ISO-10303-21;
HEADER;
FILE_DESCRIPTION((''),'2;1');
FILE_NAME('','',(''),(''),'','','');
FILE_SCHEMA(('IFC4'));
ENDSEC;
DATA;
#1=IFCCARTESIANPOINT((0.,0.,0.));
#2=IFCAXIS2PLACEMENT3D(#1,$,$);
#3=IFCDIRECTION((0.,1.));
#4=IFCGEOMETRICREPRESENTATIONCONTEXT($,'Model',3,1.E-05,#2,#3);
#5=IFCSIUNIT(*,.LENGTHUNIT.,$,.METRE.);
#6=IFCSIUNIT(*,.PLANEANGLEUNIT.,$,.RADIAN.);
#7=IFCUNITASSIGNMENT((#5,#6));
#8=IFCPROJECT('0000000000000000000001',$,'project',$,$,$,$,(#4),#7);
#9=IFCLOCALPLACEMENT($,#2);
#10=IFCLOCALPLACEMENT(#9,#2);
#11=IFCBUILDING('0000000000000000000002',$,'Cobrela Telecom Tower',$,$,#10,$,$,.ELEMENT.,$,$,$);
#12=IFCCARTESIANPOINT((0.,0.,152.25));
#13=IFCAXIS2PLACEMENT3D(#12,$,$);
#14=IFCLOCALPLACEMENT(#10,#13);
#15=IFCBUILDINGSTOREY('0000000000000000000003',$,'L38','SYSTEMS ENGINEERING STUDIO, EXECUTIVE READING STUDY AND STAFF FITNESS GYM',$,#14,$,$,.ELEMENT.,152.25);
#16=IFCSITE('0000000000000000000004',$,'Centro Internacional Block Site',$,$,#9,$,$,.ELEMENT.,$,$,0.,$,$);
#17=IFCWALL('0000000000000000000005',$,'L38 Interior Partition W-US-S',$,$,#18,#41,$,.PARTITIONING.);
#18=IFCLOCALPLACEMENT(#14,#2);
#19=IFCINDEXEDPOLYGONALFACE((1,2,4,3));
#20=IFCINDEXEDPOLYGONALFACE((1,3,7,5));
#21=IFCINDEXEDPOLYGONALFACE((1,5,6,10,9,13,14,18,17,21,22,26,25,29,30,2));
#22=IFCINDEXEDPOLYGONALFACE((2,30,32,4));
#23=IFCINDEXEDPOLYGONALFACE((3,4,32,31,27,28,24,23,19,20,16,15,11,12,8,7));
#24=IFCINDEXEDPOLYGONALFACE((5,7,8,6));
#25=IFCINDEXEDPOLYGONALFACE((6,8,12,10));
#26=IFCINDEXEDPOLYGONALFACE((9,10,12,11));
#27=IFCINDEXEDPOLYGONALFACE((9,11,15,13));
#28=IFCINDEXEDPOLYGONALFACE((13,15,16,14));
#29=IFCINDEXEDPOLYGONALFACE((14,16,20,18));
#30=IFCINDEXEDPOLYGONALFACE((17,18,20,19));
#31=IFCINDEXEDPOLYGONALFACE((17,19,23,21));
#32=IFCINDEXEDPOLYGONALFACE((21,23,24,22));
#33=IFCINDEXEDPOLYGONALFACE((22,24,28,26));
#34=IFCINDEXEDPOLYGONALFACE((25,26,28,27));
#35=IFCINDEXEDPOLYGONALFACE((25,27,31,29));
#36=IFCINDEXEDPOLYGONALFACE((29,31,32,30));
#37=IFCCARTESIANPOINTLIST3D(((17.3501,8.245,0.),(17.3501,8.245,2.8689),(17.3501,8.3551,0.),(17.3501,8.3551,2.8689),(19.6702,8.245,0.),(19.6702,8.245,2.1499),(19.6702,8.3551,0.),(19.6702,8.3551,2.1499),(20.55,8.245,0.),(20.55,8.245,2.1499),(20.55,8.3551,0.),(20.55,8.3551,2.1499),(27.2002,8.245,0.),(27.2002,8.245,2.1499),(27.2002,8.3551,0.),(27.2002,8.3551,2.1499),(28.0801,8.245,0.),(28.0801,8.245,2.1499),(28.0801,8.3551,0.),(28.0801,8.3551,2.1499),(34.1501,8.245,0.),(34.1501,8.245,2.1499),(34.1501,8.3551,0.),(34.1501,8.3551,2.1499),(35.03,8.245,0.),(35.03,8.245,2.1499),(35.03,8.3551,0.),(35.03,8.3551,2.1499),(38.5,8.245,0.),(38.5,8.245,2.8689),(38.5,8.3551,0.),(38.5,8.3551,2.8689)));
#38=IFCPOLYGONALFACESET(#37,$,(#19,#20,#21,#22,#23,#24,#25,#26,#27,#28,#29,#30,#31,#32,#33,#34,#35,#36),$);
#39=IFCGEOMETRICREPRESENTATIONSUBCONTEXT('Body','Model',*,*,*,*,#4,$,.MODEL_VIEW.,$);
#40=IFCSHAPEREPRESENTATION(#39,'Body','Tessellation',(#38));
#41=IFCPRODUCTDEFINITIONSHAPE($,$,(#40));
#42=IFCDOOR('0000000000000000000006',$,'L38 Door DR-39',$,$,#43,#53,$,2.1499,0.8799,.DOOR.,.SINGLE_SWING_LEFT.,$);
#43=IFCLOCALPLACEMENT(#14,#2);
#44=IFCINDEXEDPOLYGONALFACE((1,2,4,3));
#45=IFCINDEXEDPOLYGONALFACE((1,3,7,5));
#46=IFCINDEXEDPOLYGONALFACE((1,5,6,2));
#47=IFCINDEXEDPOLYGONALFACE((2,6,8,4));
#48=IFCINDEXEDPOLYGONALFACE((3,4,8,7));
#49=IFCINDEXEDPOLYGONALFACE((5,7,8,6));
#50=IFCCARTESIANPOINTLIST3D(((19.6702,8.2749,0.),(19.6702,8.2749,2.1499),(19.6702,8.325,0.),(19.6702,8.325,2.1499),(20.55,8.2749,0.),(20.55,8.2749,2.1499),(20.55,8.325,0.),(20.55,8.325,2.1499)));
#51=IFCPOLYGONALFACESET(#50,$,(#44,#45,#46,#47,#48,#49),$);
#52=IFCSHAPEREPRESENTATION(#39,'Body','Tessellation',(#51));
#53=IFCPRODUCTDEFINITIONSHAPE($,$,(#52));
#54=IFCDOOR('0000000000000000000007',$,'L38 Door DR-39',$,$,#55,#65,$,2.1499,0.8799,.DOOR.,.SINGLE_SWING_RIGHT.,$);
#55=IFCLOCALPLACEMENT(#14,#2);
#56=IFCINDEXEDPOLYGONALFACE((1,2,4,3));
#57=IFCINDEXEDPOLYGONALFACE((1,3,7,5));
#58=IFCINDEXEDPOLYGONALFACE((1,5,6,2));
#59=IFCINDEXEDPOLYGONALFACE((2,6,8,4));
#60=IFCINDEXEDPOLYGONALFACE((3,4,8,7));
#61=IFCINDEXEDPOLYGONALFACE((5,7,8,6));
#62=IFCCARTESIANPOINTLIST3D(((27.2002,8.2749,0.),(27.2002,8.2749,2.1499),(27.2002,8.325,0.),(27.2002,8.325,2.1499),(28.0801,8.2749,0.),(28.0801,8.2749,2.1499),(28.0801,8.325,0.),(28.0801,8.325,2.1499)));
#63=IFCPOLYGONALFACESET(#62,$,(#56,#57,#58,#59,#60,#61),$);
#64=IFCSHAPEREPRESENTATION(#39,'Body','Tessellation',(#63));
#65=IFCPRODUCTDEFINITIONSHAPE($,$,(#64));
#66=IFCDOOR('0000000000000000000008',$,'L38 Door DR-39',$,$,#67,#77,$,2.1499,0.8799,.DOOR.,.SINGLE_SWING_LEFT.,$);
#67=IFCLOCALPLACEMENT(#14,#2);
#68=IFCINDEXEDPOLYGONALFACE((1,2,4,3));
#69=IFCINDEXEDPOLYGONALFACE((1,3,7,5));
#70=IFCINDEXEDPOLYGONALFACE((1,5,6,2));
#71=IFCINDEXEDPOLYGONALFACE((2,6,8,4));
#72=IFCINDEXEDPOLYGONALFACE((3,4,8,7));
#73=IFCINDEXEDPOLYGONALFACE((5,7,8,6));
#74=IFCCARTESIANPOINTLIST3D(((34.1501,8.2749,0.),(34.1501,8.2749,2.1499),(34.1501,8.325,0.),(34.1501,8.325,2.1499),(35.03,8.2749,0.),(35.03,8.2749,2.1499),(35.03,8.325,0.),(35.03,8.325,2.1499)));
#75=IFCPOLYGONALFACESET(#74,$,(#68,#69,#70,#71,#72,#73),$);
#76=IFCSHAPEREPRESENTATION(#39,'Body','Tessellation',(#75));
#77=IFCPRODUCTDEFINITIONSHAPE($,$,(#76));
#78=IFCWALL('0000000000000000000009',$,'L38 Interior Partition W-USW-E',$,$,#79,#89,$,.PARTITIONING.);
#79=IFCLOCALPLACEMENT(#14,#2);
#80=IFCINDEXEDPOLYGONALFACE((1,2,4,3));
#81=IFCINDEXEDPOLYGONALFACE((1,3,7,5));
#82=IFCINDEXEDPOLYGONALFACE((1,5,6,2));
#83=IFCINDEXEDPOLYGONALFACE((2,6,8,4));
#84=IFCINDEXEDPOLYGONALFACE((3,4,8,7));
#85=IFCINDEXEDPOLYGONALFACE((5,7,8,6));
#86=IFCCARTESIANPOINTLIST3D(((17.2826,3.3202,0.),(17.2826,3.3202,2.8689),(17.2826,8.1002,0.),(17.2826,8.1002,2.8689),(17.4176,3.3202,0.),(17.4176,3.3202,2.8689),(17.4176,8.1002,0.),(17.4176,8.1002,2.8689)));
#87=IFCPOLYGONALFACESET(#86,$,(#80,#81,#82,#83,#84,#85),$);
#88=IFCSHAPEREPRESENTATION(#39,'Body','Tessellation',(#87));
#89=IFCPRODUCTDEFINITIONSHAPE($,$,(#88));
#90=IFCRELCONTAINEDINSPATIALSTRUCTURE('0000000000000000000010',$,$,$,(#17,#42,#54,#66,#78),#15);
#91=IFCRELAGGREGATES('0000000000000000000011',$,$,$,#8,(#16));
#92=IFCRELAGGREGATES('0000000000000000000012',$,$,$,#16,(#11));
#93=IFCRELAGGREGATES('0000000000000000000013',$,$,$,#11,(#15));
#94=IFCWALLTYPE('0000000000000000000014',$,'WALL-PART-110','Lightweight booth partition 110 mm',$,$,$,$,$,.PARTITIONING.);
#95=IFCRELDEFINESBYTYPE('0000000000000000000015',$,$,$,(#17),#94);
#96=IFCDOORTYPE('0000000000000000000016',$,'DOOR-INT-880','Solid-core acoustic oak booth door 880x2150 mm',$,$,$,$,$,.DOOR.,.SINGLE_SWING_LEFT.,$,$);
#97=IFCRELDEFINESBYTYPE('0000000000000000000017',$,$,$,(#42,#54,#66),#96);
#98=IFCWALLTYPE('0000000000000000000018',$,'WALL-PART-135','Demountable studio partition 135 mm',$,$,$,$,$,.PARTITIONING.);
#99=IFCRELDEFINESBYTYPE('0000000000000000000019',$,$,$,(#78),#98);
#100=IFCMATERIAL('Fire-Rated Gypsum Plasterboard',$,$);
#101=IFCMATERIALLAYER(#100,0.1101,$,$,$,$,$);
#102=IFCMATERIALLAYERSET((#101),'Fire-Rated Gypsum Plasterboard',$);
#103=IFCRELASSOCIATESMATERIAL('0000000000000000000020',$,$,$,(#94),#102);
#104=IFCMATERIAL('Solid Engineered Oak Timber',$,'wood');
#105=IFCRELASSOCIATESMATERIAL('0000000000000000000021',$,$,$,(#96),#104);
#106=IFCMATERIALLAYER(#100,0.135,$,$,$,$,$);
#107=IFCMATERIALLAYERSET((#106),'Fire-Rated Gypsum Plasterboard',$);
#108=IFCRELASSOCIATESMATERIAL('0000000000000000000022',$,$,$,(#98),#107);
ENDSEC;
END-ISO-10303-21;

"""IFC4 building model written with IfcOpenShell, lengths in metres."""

from ifc_helpers import new_model, si_unit, direction, frame, frame_2d, origin, place, context, subcontext, project, spatial, rectangle, extrude, material, layer, layer_set, type_object, element, fill, save


model = new_model("IFC4")

# Units and contexts
model_context = context("Model", 3, precision=1e-05, world=origin(), true_north=direction((0.0, 1.0)))
body_context = subcontext(model_context, "Body", "Model", "MODEL_VIEW")
ifc_project = project(units=[si_unit("LENGTHUNIT", "METRE"), si_unit("PLANEANGLEUNIT", "RADIAN")], contexts=[model_context])

# Site, building, storey
site_placement = place(None, origin())
site = spatial("IfcSite", under=ifc_project, at=site_placement, Name="Centro Internacional Block Site", CompositionType="ELEMENT", RefElevation=0.0)
building_placement = place(site_placement, origin())
building = spatial("IfcBuilding", under=site, at=building_placement, Name="Cobrela Telecom Tower", CompositionType="ELEMENT")
storey_placement = place(building_placement, frame((0.0, 0.0, 152.25)))
storey = spatial("IfcBuildingStorey", under=building, at=storey_placement, Name="L38", Description="SYSTEMS ENGINEERING STUDIO, EXECUTIVE READING STUDY AND STAFF FITNESS GYM", CompositionType="ELEMENT", Elevation=152.25)

# Wall, openings, doors
ifc_material_1 = material(Name="Fire-Rated Gypsum Plasterboard")
ifc_layer_1 = layer(ifc_material_1, 0.1101)
ifc_layer_set_1 = layer_set([ifc_layer_1], Name="Fire-Rated Gypsum Plasterboard")
wall_type_1 = type_object("IfcWallType", Name="WALL-PART-110", Description="Lightweight booth partition 110 mm", PredefinedType="PARTITIONING", material=ifc_layer_set_1)
wall_1_placement = place(storey_placement, frame((17.3501, 8.3, 0.0), z_axis=(0.0, 0.0, 1.0), x_axis=(1.0, 0.0, 0.0)))
wall_1 = element("IfcWall", 1, at=wall_1_placement, inside=storey, type_object=wall_type_1, Name="L38 Interior Partition W-US-S", PredefinedType="PARTITIONING", context=body_context, shape_type="SweptSolid", body=[
    extrude(rectangle(XDim=21.1499, YDim=0.1101, at=frame_2d((10.575, 0.0))), origin(), (0.0, 0.0, 1.0), 2.8689),
])
opening_1_placement = place(wall_1_placement, frame((2.3201, 0.0, 0.0)))
opening_1 = element("IfcOpeningElement", 2, at=opening_1_placement, cuts=wall_1, PredefinedType="OPENING", context=body_context, shape_type="SweptSolid", body=[
    extrude(rectangle(XDim=0.8799, YDim=2.1499, at=frame_2d((0.4399, 1.075))), frame((0.0, 0.0669, 0.0), z_axis=(0.0, -1.0, 0.0), x_axis=(1.0, 0.0, 0.0)), (0.0, 0.0, 1.0), 0.134),
])
opening_2_placement = place(wall_1_placement, frame((9.8501, 0.0, 0.0)))
opening_2 = element("IfcOpeningElement", 3, at=opening_2_placement, cuts=wall_1, PredefinedType="OPENING", context=body_context, shape_type="SweptSolid", body=[
    extrude(rectangle(XDim=0.8799, YDim=2.1499, at=frame_2d((0.4399, 1.075))), frame((0.0, 0.0669, 0.0), z_axis=(0.0, -1.0, 0.0), x_axis=(1.0, 0.0, 0.0)), (0.0, 0.0, 1.0), 0.134),
])
opening_3_placement = place(wall_1_placement, frame((16.8, 0.0, 0.0)))
opening_3 = element("IfcOpeningElement", 4, at=opening_3_placement, cuts=wall_1, PredefinedType="OPENING", context=body_context, shape_type="SweptSolid", body=[
    extrude(rectangle(XDim=0.8799, YDim=2.1499, at=frame_2d((0.4399, 1.075))), frame((0.0, 0.0669, 0.0), z_axis=(0.0, -1.0, 0.0), x_axis=(1.0, 0.0, 0.0)), (0.0, 0.0, 1.0), 0.134),
])
ifc_material_2 = material(Name="Solid Engineered Oak Timber", Category="wood")
door_type_1 = type_object("IfcDoorType", Name="DOOR-INT-880", Description="Solid-core acoustic oak booth door 880x2150 mm", OperationType="SINGLE_SWING_LEFT", PredefinedType="DOOR", material=ifc_material_2)
door_1_placement = place(opening_1_placement, origin())
door_1 = element("IfcDoor", 5, at=door_1_placement, inside=storey, type_object=door_type_1, Name="L38 Door DR-39", OperationType="SINGLE_SWING_LEFT", OverallHeight=2.1499, OverallWidth=0.8799, PredefinedType="DOOR", context=body_context, shape_type="SweptSolid", body=[
    extrude(rectangle(XDim=0.8799, YDim=2.1499, at=frame_2d((0.4399, 1.075))), frame((0.0, 0.0249, 0.0), z_axis=(0.0, -1.0, 0.0), x_axis=(1.0, 0.0, 0.0)), (0.0, 0.0, 1.0), 0.05),
])
fill(opening_1, door_1)
door_2_placement = place(opening_2_placement, origin())
door_2 = element("IfcDoor", 6, at=door_2_placement, inside=storey, type_object=door_type_1, Name="L38 Door DR-39", OperationType="SINGLE_SWING_RIGHT", OverallHeight=2.1499, OverallWidth=0.8799, PredefinedType="DOOR", context=body_context, shape_type="SweptSolid", body=[
    extrude(rectangle(XDim=0.8799, YDim=2.1499, at=frame_2d((0.4399, 1.075))), frame((0.0, 0.0249, 0.0), z_axis=(0.0, -1.0, 0.0), x_axis=(1.0, 0.0, 0.0)), (0.0, 0.0, 1.0), 0.05),
])
fill(opening_2, door_2)
door_3_placement = place(opening_3_placement, origin())
door_3 = element("IfcDoor", 7, at=door_3_placement, inside=storey, type_object=door_type_1, Name="L38 Door DR-39", OperationType="SINGLE_SWING_LEFT", OverallHeight=2.1499, OverallWidth=0.8799, PredefinedType="DOOR", context=body_context, shape_type="SweptSolid", body=[
    extrude(rectangle(XDim=0.8799, YDim=2.1499, at=frame_2d((0.4399, 1.075))), frame((0.0, 0.0249, 0.0), z_axis=(0.0, -1.0, 0.0), x_axis=(1.0, 0.0, 0.0)), (0.0, 0.0, 1.0), 0.05),
])
fill(opening_3, door_3)

# Wall
ifc_layer_2 = layer(ifc_material_1, 0.135)
ifc_layer_set_2 = layer_set([ifc_layer_2], Name="Fire-Rated Gypsum Plasterboard")
wall_type_2 = type_object("IfcWallType", Name="WALL-PART-135", Description="Demountable studio partition 135 mm", PredefinedType="PARTITIONING", material=ifc_layer_set_2)
wall_2_placement = place(storey_placement, frame((17.3501, 3.3201, 0.0), z_axis=(0.0, 0.0, 1.0), x_axis=(0.0, 1.0, 0.0)))
element("IfcWall", 8, at=wall_2_placement, inside=storey, type_object=wall_type_2, Name="L38 Interior Partition W-USW-E", PredefinedType="PARTITIONING", context=body_context, shape_type="SweptSolid", body=[
    extrude(rectangle(XDim=4.78, YDim=0.135, at=frame_2d((2.3901, 0.0))), origin(), (0.0, 0.0, 1.0), 2.8689),
])

save(model, "model.ifc")
